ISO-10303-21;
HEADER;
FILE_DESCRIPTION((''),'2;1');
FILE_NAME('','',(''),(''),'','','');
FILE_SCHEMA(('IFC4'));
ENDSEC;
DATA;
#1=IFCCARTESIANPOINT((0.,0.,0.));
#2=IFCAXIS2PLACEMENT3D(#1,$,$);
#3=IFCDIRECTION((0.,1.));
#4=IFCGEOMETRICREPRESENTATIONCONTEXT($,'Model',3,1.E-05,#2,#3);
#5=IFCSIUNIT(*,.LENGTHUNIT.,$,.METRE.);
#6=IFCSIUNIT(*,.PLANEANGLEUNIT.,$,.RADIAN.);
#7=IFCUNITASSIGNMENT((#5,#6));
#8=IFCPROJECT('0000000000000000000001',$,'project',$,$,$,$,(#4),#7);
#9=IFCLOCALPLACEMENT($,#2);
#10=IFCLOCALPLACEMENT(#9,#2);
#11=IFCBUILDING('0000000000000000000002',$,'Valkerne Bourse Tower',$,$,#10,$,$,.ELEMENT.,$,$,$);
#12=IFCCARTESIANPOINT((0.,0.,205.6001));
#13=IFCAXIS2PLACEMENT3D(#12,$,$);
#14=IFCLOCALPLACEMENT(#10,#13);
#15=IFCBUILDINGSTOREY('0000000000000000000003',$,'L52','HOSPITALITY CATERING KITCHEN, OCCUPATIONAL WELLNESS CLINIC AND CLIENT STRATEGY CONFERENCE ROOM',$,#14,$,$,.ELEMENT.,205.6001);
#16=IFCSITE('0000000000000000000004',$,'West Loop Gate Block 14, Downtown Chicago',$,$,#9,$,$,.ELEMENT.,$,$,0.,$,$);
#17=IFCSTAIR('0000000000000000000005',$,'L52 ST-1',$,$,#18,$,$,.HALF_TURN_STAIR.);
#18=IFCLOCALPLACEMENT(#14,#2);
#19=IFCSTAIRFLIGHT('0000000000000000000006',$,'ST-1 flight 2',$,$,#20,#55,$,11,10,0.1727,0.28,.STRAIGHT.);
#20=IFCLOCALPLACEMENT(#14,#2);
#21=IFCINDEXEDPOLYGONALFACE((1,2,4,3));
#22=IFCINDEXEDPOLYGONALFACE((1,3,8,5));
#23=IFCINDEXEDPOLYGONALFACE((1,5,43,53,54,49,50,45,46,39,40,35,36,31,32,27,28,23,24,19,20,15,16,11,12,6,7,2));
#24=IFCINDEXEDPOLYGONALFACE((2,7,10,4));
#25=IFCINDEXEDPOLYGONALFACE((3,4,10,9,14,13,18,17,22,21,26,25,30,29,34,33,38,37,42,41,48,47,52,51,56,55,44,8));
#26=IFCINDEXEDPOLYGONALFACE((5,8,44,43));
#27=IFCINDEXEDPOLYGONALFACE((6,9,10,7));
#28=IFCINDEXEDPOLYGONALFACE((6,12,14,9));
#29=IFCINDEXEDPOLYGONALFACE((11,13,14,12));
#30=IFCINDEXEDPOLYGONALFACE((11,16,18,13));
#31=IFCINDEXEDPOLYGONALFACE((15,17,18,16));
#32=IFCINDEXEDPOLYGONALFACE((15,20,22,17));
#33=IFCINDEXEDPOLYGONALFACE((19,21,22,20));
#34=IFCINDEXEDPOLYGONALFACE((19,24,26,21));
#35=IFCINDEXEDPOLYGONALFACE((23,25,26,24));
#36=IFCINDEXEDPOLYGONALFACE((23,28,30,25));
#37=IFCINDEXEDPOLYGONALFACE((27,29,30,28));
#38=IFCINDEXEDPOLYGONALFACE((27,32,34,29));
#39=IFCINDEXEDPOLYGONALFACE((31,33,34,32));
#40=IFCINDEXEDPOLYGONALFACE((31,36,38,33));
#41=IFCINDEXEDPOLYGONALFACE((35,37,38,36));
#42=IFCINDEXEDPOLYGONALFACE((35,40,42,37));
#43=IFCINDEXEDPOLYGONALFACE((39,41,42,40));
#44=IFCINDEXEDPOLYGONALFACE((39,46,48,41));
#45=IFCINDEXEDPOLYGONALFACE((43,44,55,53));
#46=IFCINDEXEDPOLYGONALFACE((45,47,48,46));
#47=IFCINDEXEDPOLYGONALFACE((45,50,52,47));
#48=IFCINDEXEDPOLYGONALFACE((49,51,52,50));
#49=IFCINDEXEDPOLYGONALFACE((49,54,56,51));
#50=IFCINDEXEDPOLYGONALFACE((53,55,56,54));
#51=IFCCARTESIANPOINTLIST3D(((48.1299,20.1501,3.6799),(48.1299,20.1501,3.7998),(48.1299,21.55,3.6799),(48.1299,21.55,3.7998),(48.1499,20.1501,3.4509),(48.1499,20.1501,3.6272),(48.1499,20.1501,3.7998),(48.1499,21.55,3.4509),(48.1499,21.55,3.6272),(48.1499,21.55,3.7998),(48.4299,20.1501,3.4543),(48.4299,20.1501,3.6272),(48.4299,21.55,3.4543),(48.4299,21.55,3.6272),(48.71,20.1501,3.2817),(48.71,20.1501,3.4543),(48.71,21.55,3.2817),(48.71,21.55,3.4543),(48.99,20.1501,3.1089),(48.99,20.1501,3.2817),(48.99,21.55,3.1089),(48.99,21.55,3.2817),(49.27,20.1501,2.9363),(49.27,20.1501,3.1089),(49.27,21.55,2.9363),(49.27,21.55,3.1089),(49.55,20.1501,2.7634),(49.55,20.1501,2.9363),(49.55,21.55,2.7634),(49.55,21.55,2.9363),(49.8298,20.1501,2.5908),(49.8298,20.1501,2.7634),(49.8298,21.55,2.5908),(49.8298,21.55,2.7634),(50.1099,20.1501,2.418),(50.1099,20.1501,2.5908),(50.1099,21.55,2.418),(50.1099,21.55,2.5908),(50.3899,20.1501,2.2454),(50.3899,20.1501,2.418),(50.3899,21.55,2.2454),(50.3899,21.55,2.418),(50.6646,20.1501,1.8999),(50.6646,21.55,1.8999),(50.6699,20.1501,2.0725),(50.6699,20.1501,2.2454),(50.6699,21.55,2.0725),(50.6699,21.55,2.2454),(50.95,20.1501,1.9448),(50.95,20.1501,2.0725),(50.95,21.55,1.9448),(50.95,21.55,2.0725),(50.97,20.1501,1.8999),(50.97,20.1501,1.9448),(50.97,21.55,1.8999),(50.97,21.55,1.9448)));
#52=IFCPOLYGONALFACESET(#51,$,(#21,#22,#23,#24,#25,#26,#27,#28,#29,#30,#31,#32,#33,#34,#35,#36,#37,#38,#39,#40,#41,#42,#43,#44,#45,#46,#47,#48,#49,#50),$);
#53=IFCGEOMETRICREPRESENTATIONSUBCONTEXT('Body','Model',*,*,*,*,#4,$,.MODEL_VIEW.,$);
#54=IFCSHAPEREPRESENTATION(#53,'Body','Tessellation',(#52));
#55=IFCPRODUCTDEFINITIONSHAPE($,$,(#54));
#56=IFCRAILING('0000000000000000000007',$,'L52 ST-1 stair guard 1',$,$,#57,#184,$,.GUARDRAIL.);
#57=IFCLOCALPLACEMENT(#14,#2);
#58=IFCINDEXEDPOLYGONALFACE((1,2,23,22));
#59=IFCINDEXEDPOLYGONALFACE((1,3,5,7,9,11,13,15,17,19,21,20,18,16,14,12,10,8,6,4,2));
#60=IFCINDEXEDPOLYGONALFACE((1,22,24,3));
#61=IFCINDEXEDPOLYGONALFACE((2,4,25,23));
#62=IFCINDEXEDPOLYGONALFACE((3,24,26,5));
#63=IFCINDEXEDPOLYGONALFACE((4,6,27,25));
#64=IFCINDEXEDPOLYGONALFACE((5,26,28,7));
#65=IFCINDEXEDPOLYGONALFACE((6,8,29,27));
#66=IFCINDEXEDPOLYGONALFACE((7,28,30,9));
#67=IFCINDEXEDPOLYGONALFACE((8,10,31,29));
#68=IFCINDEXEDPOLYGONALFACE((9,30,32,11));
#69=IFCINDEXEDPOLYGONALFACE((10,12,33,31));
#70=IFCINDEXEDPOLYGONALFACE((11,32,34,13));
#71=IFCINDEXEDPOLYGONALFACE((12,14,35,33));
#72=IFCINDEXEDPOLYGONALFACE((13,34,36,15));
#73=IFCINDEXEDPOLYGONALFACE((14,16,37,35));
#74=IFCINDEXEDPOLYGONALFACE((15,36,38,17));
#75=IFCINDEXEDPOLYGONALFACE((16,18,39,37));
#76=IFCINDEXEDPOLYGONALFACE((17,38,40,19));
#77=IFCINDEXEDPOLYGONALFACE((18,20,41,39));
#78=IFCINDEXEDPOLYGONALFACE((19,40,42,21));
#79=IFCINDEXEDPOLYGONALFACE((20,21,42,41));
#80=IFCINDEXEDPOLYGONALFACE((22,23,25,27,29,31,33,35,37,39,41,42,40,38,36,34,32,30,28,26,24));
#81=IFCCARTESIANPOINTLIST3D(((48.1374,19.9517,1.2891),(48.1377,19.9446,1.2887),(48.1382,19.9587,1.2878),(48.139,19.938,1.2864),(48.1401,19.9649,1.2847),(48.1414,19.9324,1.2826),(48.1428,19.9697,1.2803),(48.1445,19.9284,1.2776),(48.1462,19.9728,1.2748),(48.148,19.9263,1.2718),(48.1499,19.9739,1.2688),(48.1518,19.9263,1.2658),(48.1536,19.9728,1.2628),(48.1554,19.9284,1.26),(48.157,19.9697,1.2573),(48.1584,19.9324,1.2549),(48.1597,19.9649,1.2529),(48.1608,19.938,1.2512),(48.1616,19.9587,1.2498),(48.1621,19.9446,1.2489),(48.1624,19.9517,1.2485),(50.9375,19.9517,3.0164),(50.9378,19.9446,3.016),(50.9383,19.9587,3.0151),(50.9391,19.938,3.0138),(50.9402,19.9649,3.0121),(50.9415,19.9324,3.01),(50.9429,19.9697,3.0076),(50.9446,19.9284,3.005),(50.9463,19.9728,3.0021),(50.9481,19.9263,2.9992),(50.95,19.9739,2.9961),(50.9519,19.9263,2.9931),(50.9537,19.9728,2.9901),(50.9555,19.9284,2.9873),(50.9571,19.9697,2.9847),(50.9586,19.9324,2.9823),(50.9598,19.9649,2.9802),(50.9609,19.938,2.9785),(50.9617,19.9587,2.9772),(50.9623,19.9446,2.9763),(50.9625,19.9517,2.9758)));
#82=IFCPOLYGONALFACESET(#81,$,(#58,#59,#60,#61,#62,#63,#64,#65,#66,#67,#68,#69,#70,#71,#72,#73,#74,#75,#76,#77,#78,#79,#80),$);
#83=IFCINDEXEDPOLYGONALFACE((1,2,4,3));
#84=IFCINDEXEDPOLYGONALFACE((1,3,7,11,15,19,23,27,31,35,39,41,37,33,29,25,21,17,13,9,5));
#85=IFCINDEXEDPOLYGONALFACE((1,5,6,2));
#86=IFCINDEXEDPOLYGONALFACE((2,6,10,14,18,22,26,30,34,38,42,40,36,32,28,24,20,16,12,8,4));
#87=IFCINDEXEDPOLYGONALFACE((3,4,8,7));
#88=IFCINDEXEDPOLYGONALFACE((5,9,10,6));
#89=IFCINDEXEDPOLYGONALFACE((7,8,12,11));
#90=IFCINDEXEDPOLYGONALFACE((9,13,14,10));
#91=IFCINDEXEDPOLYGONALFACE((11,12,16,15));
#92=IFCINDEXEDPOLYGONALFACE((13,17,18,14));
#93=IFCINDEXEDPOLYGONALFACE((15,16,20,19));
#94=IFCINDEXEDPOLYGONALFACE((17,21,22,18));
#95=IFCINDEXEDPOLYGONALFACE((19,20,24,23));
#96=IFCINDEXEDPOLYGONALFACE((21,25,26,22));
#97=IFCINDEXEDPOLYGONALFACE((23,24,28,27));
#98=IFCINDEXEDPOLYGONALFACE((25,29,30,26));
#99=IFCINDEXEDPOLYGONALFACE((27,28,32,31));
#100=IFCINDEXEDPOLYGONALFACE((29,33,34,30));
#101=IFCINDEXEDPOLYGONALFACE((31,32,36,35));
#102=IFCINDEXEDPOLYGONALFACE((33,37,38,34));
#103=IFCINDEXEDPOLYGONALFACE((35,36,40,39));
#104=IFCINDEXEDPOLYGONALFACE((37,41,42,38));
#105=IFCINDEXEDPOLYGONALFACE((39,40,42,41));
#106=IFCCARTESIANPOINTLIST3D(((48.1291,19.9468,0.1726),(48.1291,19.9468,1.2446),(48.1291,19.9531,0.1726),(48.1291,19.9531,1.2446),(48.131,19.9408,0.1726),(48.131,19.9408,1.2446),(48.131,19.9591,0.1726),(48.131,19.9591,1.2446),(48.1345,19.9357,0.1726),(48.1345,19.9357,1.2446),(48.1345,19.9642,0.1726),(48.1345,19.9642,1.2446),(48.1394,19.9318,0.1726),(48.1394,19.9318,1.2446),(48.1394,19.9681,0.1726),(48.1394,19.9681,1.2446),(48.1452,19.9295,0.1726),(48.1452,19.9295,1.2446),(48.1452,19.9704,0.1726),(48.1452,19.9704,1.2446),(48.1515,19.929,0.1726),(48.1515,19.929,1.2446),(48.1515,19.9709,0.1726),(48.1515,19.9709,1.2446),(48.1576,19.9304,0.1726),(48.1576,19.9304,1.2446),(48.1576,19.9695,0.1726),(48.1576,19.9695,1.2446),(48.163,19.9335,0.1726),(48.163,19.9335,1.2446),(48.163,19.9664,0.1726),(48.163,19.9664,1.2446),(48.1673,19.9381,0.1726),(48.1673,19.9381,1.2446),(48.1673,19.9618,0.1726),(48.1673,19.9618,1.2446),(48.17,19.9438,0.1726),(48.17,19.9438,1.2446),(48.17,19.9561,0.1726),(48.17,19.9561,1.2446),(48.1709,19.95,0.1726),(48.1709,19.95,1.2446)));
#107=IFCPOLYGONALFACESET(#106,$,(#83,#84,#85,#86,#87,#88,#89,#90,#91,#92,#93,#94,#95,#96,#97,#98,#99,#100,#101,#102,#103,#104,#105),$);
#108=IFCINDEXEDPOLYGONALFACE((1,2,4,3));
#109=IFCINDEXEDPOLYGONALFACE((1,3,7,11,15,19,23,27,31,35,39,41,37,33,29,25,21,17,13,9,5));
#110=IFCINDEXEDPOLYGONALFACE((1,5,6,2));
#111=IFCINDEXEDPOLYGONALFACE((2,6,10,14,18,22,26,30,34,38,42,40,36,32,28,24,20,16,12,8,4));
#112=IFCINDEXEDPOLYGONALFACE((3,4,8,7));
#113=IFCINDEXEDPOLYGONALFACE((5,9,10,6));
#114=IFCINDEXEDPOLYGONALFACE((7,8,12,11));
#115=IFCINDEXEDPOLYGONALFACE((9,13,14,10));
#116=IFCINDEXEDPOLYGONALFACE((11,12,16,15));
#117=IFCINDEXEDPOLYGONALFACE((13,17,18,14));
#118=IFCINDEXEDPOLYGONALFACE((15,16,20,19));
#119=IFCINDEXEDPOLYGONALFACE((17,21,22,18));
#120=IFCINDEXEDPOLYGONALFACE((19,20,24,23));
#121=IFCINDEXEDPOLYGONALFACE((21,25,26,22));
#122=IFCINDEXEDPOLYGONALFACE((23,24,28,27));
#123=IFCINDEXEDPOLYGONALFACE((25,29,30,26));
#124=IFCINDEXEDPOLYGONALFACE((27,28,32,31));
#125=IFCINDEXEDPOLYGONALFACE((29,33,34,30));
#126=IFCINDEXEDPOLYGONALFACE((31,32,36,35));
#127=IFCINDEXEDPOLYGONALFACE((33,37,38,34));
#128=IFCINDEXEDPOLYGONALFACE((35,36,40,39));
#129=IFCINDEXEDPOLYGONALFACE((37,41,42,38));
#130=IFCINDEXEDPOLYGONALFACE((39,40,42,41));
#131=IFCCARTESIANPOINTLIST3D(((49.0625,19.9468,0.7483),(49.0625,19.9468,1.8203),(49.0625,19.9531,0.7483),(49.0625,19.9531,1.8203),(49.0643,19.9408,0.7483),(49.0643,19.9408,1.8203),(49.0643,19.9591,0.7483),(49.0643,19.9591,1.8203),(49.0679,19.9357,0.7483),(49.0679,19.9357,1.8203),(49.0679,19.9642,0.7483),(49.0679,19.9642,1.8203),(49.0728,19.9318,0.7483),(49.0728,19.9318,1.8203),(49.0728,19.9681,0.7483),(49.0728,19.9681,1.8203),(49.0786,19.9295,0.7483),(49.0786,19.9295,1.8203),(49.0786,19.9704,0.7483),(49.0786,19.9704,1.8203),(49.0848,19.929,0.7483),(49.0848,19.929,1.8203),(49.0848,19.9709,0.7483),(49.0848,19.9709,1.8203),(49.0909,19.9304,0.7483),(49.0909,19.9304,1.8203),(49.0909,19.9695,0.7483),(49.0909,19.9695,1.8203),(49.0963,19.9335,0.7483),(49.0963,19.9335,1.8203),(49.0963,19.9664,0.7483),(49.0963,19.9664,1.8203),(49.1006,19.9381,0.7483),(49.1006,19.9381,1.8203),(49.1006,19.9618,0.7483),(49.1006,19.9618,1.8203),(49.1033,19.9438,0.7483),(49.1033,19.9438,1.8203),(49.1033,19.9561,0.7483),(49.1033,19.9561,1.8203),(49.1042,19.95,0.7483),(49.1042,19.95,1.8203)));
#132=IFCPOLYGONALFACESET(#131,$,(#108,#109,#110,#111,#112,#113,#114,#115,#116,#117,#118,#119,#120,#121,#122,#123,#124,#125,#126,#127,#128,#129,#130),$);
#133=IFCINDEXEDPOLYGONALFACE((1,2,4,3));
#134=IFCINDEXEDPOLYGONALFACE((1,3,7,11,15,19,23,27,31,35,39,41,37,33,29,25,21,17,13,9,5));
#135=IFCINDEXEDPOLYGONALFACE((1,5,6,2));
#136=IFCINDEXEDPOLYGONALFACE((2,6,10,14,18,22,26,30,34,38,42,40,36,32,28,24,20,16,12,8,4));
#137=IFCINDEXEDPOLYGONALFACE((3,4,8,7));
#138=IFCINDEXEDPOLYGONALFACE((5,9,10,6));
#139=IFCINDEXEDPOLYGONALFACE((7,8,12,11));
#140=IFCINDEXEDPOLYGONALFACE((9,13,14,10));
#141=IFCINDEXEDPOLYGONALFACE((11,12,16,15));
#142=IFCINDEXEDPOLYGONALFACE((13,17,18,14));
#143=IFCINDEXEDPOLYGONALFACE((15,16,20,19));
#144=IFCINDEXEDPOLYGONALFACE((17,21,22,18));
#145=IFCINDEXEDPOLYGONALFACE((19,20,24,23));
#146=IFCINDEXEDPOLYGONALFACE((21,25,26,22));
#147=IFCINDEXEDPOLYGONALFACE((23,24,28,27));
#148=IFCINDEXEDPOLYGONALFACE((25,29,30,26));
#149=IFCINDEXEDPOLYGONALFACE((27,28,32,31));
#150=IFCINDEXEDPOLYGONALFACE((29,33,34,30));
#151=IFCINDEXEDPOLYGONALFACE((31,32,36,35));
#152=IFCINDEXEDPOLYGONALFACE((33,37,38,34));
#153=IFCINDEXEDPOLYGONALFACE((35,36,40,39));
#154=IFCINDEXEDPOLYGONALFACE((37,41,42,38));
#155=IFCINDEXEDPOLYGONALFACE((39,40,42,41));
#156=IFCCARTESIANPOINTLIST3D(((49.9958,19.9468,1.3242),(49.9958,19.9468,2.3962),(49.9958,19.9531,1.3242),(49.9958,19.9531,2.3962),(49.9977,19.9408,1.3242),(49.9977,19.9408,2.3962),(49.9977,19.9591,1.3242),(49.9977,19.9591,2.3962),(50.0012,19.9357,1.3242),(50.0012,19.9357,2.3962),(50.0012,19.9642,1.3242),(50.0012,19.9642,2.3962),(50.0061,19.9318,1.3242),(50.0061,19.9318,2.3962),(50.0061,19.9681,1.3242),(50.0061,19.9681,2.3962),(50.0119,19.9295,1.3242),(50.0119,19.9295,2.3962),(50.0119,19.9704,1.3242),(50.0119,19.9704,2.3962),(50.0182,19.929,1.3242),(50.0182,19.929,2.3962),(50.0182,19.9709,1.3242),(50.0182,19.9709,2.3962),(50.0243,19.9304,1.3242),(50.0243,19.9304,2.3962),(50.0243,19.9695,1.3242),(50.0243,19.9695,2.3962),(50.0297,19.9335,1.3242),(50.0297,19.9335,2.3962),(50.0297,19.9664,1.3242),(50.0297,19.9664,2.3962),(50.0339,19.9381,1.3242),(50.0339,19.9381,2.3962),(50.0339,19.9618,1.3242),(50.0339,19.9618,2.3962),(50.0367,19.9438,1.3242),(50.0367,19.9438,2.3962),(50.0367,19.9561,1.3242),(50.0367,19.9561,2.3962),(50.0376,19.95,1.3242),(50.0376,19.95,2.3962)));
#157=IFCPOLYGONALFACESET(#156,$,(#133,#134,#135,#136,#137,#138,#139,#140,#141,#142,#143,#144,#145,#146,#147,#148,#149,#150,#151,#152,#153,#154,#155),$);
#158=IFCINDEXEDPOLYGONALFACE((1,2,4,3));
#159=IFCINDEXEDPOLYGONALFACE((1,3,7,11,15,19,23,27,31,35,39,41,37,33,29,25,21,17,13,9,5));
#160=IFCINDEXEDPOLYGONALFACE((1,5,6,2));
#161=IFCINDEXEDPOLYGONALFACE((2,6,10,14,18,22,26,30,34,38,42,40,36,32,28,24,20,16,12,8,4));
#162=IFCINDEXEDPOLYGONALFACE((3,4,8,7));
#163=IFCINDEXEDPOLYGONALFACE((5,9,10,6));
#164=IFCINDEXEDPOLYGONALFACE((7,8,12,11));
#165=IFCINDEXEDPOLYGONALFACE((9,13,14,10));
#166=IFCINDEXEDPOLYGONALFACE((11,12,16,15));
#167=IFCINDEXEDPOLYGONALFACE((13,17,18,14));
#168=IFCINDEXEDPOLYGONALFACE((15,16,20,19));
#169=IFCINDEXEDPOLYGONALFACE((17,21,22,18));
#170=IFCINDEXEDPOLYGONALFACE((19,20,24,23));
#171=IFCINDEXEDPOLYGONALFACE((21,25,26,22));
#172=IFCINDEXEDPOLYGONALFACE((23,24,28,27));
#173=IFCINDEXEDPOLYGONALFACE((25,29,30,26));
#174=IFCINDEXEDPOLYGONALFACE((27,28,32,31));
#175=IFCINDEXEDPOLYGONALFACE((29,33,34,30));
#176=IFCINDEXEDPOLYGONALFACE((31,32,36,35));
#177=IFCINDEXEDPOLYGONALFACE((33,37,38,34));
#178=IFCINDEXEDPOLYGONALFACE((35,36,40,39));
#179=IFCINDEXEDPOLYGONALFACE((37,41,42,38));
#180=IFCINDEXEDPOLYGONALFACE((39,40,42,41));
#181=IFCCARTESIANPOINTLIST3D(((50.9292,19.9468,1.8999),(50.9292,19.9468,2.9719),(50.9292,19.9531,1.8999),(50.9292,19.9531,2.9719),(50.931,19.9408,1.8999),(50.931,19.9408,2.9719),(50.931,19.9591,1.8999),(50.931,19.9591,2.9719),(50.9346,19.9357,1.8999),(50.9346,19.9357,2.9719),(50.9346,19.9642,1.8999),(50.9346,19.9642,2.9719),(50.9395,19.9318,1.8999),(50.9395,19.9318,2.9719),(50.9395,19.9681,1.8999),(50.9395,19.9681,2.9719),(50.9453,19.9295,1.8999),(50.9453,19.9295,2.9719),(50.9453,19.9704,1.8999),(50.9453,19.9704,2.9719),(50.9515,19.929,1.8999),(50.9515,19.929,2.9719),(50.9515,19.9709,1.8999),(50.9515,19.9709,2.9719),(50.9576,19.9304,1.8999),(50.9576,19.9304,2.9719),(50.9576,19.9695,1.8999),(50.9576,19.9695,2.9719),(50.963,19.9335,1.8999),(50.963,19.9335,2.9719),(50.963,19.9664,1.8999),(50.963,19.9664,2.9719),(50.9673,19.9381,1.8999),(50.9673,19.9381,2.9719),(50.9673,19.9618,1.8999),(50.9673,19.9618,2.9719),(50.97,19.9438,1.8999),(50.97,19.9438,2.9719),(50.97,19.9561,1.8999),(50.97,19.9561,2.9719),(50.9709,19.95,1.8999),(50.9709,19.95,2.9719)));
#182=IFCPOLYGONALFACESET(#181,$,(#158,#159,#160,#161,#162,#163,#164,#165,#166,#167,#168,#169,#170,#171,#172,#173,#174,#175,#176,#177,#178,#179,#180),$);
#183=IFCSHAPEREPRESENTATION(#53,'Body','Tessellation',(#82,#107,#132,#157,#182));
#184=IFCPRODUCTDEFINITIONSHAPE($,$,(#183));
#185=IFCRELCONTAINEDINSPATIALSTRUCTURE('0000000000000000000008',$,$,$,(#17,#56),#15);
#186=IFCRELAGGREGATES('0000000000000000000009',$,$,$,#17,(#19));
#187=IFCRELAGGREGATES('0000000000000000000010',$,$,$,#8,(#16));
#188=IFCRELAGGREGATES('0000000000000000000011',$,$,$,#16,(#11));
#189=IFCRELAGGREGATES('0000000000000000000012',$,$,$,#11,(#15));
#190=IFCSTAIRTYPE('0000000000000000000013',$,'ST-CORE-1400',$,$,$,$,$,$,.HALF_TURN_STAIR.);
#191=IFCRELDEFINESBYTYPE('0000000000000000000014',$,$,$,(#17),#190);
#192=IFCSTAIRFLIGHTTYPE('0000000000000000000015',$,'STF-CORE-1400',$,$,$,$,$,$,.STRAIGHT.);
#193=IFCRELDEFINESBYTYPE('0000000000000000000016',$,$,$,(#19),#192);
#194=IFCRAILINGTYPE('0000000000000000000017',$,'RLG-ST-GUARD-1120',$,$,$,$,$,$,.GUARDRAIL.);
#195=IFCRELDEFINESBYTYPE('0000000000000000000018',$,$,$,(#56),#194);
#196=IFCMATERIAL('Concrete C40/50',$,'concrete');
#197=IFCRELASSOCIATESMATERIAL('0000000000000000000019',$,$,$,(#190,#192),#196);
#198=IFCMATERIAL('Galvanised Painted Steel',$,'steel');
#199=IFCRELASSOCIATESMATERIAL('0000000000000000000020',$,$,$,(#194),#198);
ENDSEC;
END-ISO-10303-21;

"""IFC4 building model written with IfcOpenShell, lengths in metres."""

from ifc_helpers import new_model, si_unit, direction, frame, origin, origin_2d, place, context, subcontext, project, spatial, polyline, circle, outline, extrude, material, type_object, element, aggregate, save


model = new_model("IFC4")

# Units and contexts
model_context = context("Model", 3, precision=1e-05, world=origin(), true_north=direction((0.0, 1.0)))
body_context = subcontext(model_context, "Body", "Model", "MODEL_VIEW")
ifc_project = project(units=[si_unit("LENGTHUNIT", "METRE"), si_unit("PLANEANGLEUNIT", "RADIAN")], contexts=[model_context])

# Site, building, storey
site_placement = place(None, origin())
site = spatial("IfcSite", under=ifc_project, at=site_placement, Name="West Loop Gate Block 14, Downtown Chicago", CompositionType="ELEMENT", RefElevation=0.0)
building_placement = place(site_placement, origin())
building = spatial("IfcBuilding", under=site, at=building_placement, Name="Valkerne Bourse Tower", CompositionType="ELEMENT")
storey_placement = place(building_placement, frame((0.0, 0.0, 205.6001)))
storey = spatial("IfcBuildingStorey", under=building, at=storey_placement, Name="L52", Description="HOSPITALITY CATERING KITCHEN, OCCUPATIONAL WELLNESS CLINIC AND CLIENT STRATEGY CONFERENCE ROOM", CompositionType="ELEMENT", Elevation=205.6001)

# Shared definitions
ifc_material_1 = material(Name="Galvanised Painted Steel", Category="steel")

# Shared definitions
ifc_material_2 = material(Name="Concrete C40/50", Category="concrete")

# Stair, stair flight
stair_type = type_object("IfcStairType", Name="ST-CORE-1400", PredefinedType="HALF_TURN_STAIR", material=ifc_material_2)
stair_placement = place(storey_placement, origin())
stair = element("IfcStair", 1, at=stair_placement, inside=storey, type_object=stair_type, Name="L52 ST-1", PredefinedType="HALF_TURN_STAIR")
stair_flight_type = type_object("IfcStairFlightType", Name="STF-CORE-1400", PredefinedType="STRAIGHT", material=ifc_material_2)
stair_flight_1_placement = place(storey_placement, frame((50.95, 20.8501, 1.8999), z_axis=(0.0, 0.0, 1.0), x_axis=(-1.0, 0.0, 0.0)))
stair_flight_1 = element("IfcStairFlight", 2, at=stair_flight_1_placement, type_object=stair_flight_type, Name="ST-1 flight 2", NumberOfRisers=11, NumberOfTreads=10, PredefinedType="STRAIGHT", RiserHeight=0.1727, TreadLength=0.28, context=body_context, shape_type="SweptSolid", body=[
    extrude(outline(polyline([(-0.02, 0.0), (-0.02, 0.0449), (0.0, 0.0449), (0.0, 0.1726), (0.28, 0.1726), (0.28, 0.3455), (0.5601, 0.3455), (0.5601, 0.5181), (0.8401, 0.5181), (0.8401, 0.6909), (1.1201, 0.6909), (1.1201, 0.8635), (1.3999, 0.8635), (1.3999, 1.0364), (1.6799, 1.0364), (1.6799, 1.209), (1.96, 1.209), (1.96, 1.3818), (2.24, 1.3818), (2.24, 1.5544), (2.52, 1.5544), (2.52, 1.7273), (2.8, 1.7273), (2.8, 1.8999), (2.8201, 1.8999), (2.8201, 1.78), (2.8, 1.551), (0.2854, 0.0), (-0.02, 0.0)])), frame((0.0, 0.7, 0.0), z_axis=(0.0, -1.0, 0.0), x_axis=(1.0, 0.0, 0.0)), (0.0, 0.0, 1.0), 1.3999),
])
aggregate(stair, [stair_flight_1])

# Railing
railing_type_1 = type_object("IfcRailingType", Name="RLG-ST-GUARD-1120", PredefinedType="GUARDRAIL", material=ifc_material_1)
railing_1_placement = place(storey_placement, frame((48.1499, 19.95, 0.1726)))
element("IfcRailing", 3, at=railing_1_placement, inside=storey, type_object=railing_type_1, Name="L52 ST-1 stair guard 1", PredefinedType="GUARDRAIL", context=body_context, shape_type="SweptSolid", body=[
    extrude(circle(Radius=0.0239, at=origin_2d()), frame((0.0, 0.0, 1.0962), z_axis=(0.85109, 0.0, 0.52502), x_axis=(0.0, 1.0, 0.0)), (0.0, 0.0, 1.0), 3.29),
    extrude(circle(Radius=0.021, at=origin_2d()), origin(), (0.0, 0.0, 1.0), 1.072),
    extrude(circle(Radius=0.021, at=origin_2d()), frame((0.9333, 0.0, 0.5757)), (0.0, 0.0, 1.0), 1.072),
    extrude(circle(Radius=0.021, at=origin_2d()), frame((1.8667, 0.0, 1.1516)), (0.0, 0.0, 1.0), 1.072),
    extrude(circle(Radius=0.021, at=origin_2d()), frame((2.8, 0.0, 1.7273)), (0.0, 0.0, 1.0), 1.072),
])

save(model, "model.ifc")
